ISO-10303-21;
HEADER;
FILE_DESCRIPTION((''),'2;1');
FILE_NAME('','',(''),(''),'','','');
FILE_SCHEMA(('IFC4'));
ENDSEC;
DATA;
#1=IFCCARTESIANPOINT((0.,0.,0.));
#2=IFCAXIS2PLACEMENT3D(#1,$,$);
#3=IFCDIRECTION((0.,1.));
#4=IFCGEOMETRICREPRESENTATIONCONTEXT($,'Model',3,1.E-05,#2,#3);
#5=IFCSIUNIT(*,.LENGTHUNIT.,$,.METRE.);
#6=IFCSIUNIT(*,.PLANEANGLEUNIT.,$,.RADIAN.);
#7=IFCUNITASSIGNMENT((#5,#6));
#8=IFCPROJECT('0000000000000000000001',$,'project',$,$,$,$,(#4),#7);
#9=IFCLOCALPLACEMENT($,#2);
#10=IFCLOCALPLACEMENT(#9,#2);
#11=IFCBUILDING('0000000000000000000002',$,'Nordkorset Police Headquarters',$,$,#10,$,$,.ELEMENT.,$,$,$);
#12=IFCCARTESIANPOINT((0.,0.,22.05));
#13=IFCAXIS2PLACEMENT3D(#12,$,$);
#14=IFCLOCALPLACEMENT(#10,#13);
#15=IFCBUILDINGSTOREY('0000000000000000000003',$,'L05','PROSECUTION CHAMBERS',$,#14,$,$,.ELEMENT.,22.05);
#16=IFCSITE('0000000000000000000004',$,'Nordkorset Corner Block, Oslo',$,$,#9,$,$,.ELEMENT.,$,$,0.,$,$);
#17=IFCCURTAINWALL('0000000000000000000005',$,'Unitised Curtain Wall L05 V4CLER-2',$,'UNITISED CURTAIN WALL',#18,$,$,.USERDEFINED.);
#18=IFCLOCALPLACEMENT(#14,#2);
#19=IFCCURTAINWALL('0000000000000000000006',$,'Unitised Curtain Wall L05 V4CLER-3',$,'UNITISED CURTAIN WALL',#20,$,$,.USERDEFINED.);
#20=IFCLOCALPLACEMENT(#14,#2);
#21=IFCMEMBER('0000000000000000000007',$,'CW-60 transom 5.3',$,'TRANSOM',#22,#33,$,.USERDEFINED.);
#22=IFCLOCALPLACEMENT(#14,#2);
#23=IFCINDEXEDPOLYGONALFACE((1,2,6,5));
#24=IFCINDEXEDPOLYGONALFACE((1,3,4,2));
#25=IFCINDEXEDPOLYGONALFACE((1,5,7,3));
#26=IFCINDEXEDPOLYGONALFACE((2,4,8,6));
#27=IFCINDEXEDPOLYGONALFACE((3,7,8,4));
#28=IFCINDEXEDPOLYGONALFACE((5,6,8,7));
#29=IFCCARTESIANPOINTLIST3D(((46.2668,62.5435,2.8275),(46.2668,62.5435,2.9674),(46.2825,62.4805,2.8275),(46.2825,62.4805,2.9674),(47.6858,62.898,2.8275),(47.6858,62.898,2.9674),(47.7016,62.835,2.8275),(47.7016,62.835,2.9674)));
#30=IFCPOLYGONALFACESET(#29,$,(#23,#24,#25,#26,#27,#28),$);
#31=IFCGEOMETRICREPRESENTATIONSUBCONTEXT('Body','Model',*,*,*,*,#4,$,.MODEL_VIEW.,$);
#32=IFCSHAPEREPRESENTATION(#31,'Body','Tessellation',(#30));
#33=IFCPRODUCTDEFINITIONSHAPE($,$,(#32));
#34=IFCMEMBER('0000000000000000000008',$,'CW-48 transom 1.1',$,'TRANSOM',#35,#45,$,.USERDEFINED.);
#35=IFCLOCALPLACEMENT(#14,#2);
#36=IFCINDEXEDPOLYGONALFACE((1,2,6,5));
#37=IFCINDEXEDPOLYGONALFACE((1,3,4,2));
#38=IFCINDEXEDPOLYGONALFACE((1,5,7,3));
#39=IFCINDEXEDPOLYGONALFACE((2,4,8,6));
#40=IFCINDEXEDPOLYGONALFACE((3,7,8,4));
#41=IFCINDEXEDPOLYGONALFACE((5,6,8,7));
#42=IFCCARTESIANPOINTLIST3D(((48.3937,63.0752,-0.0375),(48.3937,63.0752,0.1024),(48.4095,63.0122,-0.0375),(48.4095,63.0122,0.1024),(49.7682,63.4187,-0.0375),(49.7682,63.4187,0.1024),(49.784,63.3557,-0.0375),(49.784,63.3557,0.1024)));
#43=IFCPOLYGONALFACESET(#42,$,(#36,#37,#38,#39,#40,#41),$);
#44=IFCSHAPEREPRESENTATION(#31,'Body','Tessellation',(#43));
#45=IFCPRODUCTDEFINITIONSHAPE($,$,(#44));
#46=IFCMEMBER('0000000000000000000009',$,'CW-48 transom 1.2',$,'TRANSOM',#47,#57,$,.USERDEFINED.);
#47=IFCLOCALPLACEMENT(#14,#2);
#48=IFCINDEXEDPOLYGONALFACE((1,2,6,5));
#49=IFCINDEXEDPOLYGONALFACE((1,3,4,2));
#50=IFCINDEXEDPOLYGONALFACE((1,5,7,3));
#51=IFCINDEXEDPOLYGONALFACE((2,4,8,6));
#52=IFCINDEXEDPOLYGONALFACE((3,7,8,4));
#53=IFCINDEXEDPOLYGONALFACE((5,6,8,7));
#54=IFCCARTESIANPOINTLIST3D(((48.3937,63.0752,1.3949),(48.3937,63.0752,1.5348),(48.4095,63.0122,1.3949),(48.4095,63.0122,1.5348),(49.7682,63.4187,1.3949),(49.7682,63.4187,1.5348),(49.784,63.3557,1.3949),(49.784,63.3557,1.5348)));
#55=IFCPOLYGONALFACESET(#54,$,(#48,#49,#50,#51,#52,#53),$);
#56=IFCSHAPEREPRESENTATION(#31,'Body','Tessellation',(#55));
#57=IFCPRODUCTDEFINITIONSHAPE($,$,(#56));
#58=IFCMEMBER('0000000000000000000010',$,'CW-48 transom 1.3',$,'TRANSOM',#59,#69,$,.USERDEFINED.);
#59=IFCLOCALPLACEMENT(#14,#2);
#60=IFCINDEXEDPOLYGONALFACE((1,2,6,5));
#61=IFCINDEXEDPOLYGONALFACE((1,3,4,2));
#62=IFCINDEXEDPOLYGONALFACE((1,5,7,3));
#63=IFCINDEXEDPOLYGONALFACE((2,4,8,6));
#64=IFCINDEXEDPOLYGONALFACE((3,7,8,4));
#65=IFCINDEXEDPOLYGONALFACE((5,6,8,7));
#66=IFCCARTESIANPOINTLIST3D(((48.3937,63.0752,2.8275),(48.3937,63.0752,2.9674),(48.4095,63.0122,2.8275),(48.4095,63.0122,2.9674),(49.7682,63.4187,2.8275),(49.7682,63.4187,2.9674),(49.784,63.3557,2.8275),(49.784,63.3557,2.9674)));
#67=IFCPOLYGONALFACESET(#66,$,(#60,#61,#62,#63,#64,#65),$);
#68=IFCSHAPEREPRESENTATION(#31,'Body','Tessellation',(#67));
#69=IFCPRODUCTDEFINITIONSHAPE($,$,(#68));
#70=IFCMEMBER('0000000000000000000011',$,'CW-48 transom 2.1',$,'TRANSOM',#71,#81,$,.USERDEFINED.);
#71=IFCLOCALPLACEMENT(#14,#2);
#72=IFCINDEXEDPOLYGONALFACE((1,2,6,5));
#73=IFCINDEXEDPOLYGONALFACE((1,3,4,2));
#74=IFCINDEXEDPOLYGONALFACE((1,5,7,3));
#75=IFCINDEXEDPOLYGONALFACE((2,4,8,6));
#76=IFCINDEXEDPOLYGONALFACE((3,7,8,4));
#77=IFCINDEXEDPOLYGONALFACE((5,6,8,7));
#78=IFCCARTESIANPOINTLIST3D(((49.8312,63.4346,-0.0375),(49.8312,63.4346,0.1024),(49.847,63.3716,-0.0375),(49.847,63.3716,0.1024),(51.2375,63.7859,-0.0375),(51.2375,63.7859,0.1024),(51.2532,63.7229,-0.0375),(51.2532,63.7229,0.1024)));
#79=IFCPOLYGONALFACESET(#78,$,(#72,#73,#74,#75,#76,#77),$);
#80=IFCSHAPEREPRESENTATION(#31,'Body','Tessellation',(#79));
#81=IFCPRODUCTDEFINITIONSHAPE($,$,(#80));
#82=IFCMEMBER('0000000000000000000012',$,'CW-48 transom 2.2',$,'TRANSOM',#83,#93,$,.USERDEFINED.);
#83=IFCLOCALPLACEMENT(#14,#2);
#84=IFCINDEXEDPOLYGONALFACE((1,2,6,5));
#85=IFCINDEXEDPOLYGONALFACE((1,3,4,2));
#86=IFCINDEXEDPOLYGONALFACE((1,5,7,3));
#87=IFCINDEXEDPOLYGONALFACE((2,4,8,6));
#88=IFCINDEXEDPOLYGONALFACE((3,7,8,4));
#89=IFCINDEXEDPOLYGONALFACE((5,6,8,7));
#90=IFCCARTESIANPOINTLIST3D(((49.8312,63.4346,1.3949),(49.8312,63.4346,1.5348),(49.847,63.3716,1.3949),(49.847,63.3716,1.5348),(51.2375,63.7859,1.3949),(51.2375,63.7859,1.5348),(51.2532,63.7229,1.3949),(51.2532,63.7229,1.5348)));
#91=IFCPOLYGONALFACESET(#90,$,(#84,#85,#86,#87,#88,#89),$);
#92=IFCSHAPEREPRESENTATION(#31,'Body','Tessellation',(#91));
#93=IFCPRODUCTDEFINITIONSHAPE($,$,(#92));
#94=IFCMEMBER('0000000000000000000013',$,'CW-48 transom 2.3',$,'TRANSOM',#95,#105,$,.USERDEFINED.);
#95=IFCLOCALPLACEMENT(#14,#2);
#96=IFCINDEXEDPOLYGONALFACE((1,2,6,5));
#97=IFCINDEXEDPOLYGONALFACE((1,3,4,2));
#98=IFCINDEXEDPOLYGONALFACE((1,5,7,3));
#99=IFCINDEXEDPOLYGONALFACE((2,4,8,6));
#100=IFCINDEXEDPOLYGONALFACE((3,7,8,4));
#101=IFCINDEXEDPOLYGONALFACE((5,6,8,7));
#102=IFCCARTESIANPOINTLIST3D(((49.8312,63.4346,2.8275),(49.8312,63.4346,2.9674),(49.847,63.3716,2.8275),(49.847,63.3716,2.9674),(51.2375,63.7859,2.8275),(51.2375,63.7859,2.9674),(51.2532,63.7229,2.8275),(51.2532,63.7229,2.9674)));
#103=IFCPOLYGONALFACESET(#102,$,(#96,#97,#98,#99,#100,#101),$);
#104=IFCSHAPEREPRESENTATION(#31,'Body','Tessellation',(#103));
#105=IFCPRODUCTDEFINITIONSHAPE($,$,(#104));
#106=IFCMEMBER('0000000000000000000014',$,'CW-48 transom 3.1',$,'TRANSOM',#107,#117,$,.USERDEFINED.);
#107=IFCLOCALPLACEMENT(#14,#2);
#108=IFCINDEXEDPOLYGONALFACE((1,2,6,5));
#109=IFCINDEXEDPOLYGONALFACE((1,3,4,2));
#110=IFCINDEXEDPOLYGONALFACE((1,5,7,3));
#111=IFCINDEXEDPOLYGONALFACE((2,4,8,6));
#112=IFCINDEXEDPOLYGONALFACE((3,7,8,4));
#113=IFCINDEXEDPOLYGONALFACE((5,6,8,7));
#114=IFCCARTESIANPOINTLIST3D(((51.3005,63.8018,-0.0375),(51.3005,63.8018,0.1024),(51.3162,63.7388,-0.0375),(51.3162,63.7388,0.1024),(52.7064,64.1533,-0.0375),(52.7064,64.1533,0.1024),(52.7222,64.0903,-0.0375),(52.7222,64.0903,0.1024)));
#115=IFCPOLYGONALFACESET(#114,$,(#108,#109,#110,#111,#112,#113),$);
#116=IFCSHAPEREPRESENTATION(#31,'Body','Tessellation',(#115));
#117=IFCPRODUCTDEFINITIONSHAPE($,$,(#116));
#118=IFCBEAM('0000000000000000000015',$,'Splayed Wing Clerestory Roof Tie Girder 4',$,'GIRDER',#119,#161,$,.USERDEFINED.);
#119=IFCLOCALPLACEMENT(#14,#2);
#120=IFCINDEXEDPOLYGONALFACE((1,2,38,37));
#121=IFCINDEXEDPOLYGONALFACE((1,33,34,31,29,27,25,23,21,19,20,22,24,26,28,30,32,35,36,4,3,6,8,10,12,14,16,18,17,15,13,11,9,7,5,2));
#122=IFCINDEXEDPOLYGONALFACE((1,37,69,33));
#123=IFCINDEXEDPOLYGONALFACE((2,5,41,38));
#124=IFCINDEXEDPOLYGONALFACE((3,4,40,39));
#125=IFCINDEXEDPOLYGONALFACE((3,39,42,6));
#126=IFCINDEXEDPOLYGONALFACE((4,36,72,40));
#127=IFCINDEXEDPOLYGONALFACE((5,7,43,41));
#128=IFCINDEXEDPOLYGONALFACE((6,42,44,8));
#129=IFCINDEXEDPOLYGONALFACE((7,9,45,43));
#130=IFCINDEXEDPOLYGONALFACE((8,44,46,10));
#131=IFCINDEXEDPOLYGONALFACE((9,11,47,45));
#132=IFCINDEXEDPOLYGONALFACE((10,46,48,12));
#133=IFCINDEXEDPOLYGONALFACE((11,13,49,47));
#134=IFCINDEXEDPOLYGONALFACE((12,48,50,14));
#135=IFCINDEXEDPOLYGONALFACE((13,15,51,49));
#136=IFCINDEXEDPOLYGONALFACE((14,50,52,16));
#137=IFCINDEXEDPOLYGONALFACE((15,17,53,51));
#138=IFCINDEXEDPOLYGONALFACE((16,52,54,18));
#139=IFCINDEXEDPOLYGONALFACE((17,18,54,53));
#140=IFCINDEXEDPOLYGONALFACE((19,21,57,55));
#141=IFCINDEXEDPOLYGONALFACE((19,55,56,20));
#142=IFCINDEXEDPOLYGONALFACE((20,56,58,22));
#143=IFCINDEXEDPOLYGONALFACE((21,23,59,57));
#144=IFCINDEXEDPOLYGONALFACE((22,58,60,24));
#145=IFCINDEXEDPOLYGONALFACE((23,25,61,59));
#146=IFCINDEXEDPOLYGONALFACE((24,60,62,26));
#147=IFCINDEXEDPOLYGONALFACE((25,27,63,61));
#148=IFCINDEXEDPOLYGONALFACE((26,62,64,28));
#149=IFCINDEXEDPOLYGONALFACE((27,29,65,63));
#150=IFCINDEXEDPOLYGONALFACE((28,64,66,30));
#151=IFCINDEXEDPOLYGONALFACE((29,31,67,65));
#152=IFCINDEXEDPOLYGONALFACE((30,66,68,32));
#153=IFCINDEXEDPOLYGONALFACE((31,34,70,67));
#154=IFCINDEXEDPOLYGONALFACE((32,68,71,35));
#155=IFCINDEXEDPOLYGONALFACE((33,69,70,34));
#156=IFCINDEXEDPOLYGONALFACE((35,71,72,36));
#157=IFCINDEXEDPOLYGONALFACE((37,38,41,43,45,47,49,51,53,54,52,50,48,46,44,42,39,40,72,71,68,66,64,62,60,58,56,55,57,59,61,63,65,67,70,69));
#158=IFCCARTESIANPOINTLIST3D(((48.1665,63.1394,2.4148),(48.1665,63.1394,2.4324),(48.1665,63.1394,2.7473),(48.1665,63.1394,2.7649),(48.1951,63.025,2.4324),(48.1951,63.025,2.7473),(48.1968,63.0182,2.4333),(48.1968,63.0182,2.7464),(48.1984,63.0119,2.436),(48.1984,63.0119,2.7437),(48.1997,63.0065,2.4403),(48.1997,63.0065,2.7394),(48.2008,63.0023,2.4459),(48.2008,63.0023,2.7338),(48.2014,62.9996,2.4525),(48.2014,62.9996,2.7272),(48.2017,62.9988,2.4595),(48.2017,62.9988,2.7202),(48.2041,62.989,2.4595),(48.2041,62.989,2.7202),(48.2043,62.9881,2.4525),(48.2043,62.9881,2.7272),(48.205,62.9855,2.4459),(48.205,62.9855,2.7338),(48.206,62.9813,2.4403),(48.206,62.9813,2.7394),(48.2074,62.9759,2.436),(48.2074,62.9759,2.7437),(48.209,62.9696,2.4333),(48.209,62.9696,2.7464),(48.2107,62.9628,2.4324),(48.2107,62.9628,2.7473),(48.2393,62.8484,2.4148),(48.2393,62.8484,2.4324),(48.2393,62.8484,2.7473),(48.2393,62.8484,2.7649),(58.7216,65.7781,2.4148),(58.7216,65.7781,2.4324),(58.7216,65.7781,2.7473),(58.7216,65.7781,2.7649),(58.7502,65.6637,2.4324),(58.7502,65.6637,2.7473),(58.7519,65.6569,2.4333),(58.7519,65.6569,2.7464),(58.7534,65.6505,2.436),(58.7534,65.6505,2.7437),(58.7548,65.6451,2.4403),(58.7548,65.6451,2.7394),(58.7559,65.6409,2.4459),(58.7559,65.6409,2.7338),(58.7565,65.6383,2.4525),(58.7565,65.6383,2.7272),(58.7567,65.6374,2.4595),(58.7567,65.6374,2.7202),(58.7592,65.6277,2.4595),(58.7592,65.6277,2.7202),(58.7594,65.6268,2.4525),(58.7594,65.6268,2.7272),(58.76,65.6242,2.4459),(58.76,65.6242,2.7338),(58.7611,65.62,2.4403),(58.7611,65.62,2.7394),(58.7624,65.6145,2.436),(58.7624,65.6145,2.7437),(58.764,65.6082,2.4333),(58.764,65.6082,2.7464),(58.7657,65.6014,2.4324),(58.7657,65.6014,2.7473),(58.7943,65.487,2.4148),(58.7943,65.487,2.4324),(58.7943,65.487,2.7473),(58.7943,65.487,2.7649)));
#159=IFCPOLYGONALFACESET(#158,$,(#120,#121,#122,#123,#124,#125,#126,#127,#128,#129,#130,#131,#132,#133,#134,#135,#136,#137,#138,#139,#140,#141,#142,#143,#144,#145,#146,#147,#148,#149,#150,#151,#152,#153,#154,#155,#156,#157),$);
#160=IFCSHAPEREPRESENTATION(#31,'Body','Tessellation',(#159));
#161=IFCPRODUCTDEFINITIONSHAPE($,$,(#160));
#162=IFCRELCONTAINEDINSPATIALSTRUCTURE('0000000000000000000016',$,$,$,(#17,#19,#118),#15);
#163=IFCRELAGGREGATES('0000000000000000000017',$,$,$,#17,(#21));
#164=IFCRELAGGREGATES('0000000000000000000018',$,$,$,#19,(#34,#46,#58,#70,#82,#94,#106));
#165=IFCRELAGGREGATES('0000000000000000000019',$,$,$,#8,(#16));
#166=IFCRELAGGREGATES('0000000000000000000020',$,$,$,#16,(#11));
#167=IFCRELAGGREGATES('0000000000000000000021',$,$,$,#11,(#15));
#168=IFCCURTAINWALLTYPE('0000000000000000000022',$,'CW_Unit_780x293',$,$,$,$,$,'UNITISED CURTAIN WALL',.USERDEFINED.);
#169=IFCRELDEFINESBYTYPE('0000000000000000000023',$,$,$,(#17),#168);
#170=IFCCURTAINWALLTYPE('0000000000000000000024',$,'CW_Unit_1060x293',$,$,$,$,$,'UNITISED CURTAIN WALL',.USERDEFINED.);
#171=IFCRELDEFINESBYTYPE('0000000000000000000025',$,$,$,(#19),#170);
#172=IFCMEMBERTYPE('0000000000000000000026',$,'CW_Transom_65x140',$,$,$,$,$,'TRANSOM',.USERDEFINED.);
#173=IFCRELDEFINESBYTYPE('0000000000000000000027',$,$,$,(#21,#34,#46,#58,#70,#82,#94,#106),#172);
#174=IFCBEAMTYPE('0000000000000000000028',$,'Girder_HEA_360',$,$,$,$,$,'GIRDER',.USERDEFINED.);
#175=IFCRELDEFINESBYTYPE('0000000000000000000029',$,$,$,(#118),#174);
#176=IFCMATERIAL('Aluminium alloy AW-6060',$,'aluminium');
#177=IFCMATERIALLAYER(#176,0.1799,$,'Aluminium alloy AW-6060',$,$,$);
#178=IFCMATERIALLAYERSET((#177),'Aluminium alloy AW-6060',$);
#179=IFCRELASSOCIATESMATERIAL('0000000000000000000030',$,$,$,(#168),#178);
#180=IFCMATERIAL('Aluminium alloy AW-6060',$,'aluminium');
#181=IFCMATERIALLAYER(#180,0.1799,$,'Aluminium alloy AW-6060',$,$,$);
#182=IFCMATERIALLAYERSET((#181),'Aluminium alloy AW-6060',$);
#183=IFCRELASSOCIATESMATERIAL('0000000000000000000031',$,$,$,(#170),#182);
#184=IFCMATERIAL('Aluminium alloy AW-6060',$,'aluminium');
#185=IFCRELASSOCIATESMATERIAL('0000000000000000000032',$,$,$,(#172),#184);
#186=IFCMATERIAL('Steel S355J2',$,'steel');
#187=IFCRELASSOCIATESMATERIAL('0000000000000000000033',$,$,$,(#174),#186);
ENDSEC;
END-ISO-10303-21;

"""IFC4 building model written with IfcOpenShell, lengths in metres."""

from ifc_helpers import new_model, si_unit, direction, frame, origin, origin_2d, place, context, subcontext, project, spatial, rectangle, i_section, extrude, material, layer, layer_set, material_profile, profile_set, type_object, element, aggregate, save


model = new_model("IFC4")

# Units and contexts
model_context = context("Model", 3, precision=1e-05, world=origin(), true_north=direction((0.0, 1.0)))
body_context = subcontext(model_context, "Body", "Model", "MODEL_VIEW")
ifc_project = project(units=[si_unit("LENGTHUNIT", "METRE"), si_unit("PLANEANGLEUNIT", "RADIAN")], contexts=[model_context])

# Site, building, storey
site_placement = place(None, origin())
site = spatial("IfcSite", under=ifc_project, at=site_placement, Name="Nordkorset Corner Block, Oslo", CompositionType="ELEMENT", RefElevation=0.0)
building_placement = place(site_placement, origin())
building = spatial("IfcBuilding", under=site, at=building_placement, Name="Nordkorset Police Headquarters", CompositionType="ELEMENT")
storey_placement = place(building_placement, frame((0.0, 0.0, 22.05)))
storey = spatial("IfcBuildingStorey", under=building, at=storey_placement, Name="L05", Description="PROSECUTION CHAMBERS", CompositionType="ELEMENT", Elevation=22.05)

# Curtain walls
ifc_material_1 = material(Name="Aluminium alloy AW-6060", Category="aluminium")
ifc_layer_1 = layer(ifc_material_1, 0.1799, Name="Aluminium alloy AW-6060")
ifc_layer_set_1 = layer_set([ifc_layer_1], Name="Aluminium alloy AW-6060")
curtain_wall_type_1 = type_object("IfcCurtainWallType", Name="CW_Unit_780x293", ElementType="UNITISED CURTAIN WALL", PredefinedType="USERDEFINED", material=ifc_layer_set_1)
curtain_wall_1_placement = place(storey_placement, origin())
curtain_wall_1 = element("IfcCurtainWall", 1, at=curtain_wall_1_placement, inside=storey, type_object=curtain_wall_type_1, Name="Unitised Curtain Wall L05 V4CLER-2", ObjectType="UNITISED CURTAIN WALL", PredefinedType="USERDEFINED")
ifc_material_2 = material(Name="Aluminium alloy AW-6060", Category="aluminium")
ifc_layer_2 = layer(ifc_material_2, 0.1799, Name="Aluminium alloy AW-6060")
ifc_layer_set_2 = layer_set([ifc_layer_2], Name="Aluminium alloy AW-6060")
curtain_wall_type_2 = type_object("IfcCurtainWallType", Name="CW_Unit_1060x293", ElementType="UNITISED CURTAIN WALL", PredefinedType="USERDEFINED", material=ifc_layer_set_2)
curtain_wall_2_placement = place(storey_placement, origin())
curtain_wall_2 = element("IfcCurtainWall", 2, at=curtain_wall_2_placement, inside=storey, type_object=curtain_wall_type_2, Name="Unitised Curtain Wall L05 V4CLER-3", ObjectType="UNITISED CURTAIN WALL", PredefinedType="USERDEFINED")
ifc_material_3 = material(Name="Aluminium alloy AW-6060", Category="aluminium")
ifc_material_profile_1 = material_profile(ifc_material_3, rectangle(XDim=0.0649, YDim=0.1399, at=origin_2d()), Name="ALU TRAN 65x140")
ifc_profile_set_1 = profile_set([ifc_material_profile_1], Name="Aluminium alloy AW-6060")
member_type_1 = type_object("IfcMemberType", Name="CW_Transom_65x140", ElementType="TRANSOM", PredefinedType="USERDEFINED", material=ifc_profile_set_1)

# Members
member_1_placement = place(storey_placement, frame((46.2747, 62.512, 2.8975), z_axis=(0.970182, 0.242379, 0.0), x_axis=(-0.242379, 0.970182, 0.0)))
member_1 = element("IfcMember", 3, at=member_1_placement, type_object=member_type_1, Name="CW-60 transom 5.3", ObjectType="TRANSOM", PredefinedType="USERDEFINED", context=body_context, shape_type="SweptSolid", body=[
    extrude(rectangle(XDim=0.0649, YDim=0.1399, at=origin_2d()), origin(), (0.0, 0.0, 1.0), 1.4626),
])
member_2_placement = place(storey_placement, frame((48.4016, 63.0437, 0.0325), z_axis=(0.970163, 0.242455, 0.0), x_axis=(-0.242455, 0.970163, 0.0)))
member_2 = element("IfcMember", 4, at=member_2_placement, type_object=member_type_1, Name="CW-48 transom 1.1", ObjectType="TRANSOM", PredefinedType="USERDEFINED", context=body_context, shape_type="SweptSolid", body=[
    extrude(rectangle(XDim=0.0649, YDim=0.1399, at=origin_2d()), origin(), (0.0, 0.0, 1.0), 1.4167),
])
member_3_placement = place(storey_placement, frame((48.4016, 63.0437, 1.4648), z_axis=(0.970163, 0.242455, 0.0), x_axis=(-0.242455, 0.970163, 0.0)))
member_3 = element("IfcMember", 5, at=member_3_placement, type_object=member_type_1, Name="CW-48 transom 1.2", ObjectType="TRANSOM", PredefinedType="USERDEFINED", context=body_context, shape_type="SweptSolid", body=[
    extrude(rectangle(XDim=0.0649, YDim=0.1399, at=origin_2d()), origin(), (0.0, 0.0, 1.0), 1.4167),
])
member_4_placement = place(storey_placement, frame((48.4016, 63.0437, 2.8975), z_axis=(0.970163, 0.242455, 0.0), x_axis=(-0.242455, 0.970163, 0.0)))
member_4 = element("IfcMember", 6, at=member_4_placement, type_object=member_type_1, Name="CW-48 transom 1.3", ObjectType="TRANSOM", PredefinedType="USERDEFINED", context=body_context, shape_type="SweptSolid", body=[
    extrude(rectangle(XDim=0.0649, YDim=0.1399, at=origin_2d()), origin(), (0.0, 0.0, 1.0), 1.4167),
])
member_5_placement = place(storey_placement, frame((49.8391, 63.4031, 0.0325), z_axis=(0.970182, 0.242377, 0.0), x_axis=(-0.242377, 0.970182, 0.0)))
member_5 = element("IfcMember", 7, at=member_5_placement, type_object=member_type_1, Name="CW-48 transom 2.1", ObjectType="TRANSOM", PredefinedType="USERDEFINED", context=body_context, shape_type="SweptSolid", body=[
    extrude(rectangle(XDim=0.0649, YDim=0.1399, at=origin_2d()), origin(), (0.0, 0.0, 1.0), 1.4495),
])
member_6_placement = place(storey_placement, frame((49.8391, 63.4031, 1.4648), z_axis=(0.970182, 0.242377, 0.0), x_axis=(-0.242377, 0.970182, 0.0)))
member_6 = element("IfcMember", 8, at=member_6_placement, type_object=member_type_1, Name="CW-48 transom 2.2", ObjectType="TRANSOM", PredefinedType="USERDEFINED", context=body_context, shape_type="SweptSolid", body=[
    extrude(rectangle(XDim=0.0649, YDim=0.1399, at=origin_2d()), origin(), (0.0, 0.0, 1.0), 1.4495),
])
member_7_placement = place(storey_placement, frame((49.8391, 63.4031, 2.8975), z_axis=(0.970182, 0.242377, 0.0), x_axis=(-0.242377, 0.970182, 0.0)))
member_7 = element("IfcMember", 9, at=member_7_placement, type_object=member_type_1, Name="CW-48 transom 2.3", ObjectType="TRANSOM", PredefinedType="USERDEFINED", context=body_context, shape_type="SweptSolid", body=[
    extrude(rectangle(XDim=0.0649, YDim=0.1399, at=origin_2d()), origin(), (0.0, 0.0, 1.0), 1.4495),
])
member_8_placement = place(storey_placement, frame((51.3083, 63.7703, 0.0325), z_axis=(0.970133, 0.242575, 0.0), x_axis=(-0.242575, 0.970133, 0.0)))
member_8 = element("IfcMember", 10, at=member_8_placement, type_object=member_type_1, Name="CW-48 transom 3.1", ObjectType="TRANSOM", PredefinedType="USERDEFINED", context=body_context, shape_type="SweptSolid", body=[
    extrude(rectangle(XDim=0.0649, YDim=0.1399, at=origin_2d()), origin(), (0.0, 0.0, 1.0), 1.4492),
])

# Beam
ifc_material_4 = material(Name="Steel S355J2", Category="steel")
ifc_material_profile_2 = material_profile(ifc_material_4, i_section(OverallWidth=0.3, OverallDepth=0.3501, WebThickness=0.01, FlangeThickness=0.0176, FilletRadius=0.0271, at=origin_2d()), Name="HEA 360")
ifc_profile_set_2 = profile_set([ifc_material_profile_2], Name="Steel S355J2")
beam_type = type_object("IfcBeamType", Name="Girder_HEA_360", ElementType="GIRDER", PredefinedType="USERDEFINED", material=ifc_profile_set_2)
beam_placement = place(storey_placement, frame((48.2029, 62.9939, 2.5898), z_axis=(0.970145, 0.242525, 0.0), x_axis=(-0.242525, 0.970145, 0.0)))
element("IfcBeam", 11, at=beam_placement, inside=storey, type_object=beam_type, Name="Splayed Wing Clerestory Roof Tie Girder 4", ObjectType="GIRDER", PredefinedType="USERDEFINED", context=body_context, shape_type="SweptSolid", body=[
    extrude(i_section(OverallWidth=0.3, OverallDepth=0.3501, WebThickness=0.01, FlangeThickness=0.0176, FilletRadius=0.0271, at=origin_2d()), origin(), (0.0, 0.0, 1.0), 10.8799),
])

aggregate(curtain_wall_1, [member_1])
aggregate(curtain_wall_2, [member_2, member_3, member_4, member_5, member_6, member_7, member_8])

save(model, "model.ifc")
